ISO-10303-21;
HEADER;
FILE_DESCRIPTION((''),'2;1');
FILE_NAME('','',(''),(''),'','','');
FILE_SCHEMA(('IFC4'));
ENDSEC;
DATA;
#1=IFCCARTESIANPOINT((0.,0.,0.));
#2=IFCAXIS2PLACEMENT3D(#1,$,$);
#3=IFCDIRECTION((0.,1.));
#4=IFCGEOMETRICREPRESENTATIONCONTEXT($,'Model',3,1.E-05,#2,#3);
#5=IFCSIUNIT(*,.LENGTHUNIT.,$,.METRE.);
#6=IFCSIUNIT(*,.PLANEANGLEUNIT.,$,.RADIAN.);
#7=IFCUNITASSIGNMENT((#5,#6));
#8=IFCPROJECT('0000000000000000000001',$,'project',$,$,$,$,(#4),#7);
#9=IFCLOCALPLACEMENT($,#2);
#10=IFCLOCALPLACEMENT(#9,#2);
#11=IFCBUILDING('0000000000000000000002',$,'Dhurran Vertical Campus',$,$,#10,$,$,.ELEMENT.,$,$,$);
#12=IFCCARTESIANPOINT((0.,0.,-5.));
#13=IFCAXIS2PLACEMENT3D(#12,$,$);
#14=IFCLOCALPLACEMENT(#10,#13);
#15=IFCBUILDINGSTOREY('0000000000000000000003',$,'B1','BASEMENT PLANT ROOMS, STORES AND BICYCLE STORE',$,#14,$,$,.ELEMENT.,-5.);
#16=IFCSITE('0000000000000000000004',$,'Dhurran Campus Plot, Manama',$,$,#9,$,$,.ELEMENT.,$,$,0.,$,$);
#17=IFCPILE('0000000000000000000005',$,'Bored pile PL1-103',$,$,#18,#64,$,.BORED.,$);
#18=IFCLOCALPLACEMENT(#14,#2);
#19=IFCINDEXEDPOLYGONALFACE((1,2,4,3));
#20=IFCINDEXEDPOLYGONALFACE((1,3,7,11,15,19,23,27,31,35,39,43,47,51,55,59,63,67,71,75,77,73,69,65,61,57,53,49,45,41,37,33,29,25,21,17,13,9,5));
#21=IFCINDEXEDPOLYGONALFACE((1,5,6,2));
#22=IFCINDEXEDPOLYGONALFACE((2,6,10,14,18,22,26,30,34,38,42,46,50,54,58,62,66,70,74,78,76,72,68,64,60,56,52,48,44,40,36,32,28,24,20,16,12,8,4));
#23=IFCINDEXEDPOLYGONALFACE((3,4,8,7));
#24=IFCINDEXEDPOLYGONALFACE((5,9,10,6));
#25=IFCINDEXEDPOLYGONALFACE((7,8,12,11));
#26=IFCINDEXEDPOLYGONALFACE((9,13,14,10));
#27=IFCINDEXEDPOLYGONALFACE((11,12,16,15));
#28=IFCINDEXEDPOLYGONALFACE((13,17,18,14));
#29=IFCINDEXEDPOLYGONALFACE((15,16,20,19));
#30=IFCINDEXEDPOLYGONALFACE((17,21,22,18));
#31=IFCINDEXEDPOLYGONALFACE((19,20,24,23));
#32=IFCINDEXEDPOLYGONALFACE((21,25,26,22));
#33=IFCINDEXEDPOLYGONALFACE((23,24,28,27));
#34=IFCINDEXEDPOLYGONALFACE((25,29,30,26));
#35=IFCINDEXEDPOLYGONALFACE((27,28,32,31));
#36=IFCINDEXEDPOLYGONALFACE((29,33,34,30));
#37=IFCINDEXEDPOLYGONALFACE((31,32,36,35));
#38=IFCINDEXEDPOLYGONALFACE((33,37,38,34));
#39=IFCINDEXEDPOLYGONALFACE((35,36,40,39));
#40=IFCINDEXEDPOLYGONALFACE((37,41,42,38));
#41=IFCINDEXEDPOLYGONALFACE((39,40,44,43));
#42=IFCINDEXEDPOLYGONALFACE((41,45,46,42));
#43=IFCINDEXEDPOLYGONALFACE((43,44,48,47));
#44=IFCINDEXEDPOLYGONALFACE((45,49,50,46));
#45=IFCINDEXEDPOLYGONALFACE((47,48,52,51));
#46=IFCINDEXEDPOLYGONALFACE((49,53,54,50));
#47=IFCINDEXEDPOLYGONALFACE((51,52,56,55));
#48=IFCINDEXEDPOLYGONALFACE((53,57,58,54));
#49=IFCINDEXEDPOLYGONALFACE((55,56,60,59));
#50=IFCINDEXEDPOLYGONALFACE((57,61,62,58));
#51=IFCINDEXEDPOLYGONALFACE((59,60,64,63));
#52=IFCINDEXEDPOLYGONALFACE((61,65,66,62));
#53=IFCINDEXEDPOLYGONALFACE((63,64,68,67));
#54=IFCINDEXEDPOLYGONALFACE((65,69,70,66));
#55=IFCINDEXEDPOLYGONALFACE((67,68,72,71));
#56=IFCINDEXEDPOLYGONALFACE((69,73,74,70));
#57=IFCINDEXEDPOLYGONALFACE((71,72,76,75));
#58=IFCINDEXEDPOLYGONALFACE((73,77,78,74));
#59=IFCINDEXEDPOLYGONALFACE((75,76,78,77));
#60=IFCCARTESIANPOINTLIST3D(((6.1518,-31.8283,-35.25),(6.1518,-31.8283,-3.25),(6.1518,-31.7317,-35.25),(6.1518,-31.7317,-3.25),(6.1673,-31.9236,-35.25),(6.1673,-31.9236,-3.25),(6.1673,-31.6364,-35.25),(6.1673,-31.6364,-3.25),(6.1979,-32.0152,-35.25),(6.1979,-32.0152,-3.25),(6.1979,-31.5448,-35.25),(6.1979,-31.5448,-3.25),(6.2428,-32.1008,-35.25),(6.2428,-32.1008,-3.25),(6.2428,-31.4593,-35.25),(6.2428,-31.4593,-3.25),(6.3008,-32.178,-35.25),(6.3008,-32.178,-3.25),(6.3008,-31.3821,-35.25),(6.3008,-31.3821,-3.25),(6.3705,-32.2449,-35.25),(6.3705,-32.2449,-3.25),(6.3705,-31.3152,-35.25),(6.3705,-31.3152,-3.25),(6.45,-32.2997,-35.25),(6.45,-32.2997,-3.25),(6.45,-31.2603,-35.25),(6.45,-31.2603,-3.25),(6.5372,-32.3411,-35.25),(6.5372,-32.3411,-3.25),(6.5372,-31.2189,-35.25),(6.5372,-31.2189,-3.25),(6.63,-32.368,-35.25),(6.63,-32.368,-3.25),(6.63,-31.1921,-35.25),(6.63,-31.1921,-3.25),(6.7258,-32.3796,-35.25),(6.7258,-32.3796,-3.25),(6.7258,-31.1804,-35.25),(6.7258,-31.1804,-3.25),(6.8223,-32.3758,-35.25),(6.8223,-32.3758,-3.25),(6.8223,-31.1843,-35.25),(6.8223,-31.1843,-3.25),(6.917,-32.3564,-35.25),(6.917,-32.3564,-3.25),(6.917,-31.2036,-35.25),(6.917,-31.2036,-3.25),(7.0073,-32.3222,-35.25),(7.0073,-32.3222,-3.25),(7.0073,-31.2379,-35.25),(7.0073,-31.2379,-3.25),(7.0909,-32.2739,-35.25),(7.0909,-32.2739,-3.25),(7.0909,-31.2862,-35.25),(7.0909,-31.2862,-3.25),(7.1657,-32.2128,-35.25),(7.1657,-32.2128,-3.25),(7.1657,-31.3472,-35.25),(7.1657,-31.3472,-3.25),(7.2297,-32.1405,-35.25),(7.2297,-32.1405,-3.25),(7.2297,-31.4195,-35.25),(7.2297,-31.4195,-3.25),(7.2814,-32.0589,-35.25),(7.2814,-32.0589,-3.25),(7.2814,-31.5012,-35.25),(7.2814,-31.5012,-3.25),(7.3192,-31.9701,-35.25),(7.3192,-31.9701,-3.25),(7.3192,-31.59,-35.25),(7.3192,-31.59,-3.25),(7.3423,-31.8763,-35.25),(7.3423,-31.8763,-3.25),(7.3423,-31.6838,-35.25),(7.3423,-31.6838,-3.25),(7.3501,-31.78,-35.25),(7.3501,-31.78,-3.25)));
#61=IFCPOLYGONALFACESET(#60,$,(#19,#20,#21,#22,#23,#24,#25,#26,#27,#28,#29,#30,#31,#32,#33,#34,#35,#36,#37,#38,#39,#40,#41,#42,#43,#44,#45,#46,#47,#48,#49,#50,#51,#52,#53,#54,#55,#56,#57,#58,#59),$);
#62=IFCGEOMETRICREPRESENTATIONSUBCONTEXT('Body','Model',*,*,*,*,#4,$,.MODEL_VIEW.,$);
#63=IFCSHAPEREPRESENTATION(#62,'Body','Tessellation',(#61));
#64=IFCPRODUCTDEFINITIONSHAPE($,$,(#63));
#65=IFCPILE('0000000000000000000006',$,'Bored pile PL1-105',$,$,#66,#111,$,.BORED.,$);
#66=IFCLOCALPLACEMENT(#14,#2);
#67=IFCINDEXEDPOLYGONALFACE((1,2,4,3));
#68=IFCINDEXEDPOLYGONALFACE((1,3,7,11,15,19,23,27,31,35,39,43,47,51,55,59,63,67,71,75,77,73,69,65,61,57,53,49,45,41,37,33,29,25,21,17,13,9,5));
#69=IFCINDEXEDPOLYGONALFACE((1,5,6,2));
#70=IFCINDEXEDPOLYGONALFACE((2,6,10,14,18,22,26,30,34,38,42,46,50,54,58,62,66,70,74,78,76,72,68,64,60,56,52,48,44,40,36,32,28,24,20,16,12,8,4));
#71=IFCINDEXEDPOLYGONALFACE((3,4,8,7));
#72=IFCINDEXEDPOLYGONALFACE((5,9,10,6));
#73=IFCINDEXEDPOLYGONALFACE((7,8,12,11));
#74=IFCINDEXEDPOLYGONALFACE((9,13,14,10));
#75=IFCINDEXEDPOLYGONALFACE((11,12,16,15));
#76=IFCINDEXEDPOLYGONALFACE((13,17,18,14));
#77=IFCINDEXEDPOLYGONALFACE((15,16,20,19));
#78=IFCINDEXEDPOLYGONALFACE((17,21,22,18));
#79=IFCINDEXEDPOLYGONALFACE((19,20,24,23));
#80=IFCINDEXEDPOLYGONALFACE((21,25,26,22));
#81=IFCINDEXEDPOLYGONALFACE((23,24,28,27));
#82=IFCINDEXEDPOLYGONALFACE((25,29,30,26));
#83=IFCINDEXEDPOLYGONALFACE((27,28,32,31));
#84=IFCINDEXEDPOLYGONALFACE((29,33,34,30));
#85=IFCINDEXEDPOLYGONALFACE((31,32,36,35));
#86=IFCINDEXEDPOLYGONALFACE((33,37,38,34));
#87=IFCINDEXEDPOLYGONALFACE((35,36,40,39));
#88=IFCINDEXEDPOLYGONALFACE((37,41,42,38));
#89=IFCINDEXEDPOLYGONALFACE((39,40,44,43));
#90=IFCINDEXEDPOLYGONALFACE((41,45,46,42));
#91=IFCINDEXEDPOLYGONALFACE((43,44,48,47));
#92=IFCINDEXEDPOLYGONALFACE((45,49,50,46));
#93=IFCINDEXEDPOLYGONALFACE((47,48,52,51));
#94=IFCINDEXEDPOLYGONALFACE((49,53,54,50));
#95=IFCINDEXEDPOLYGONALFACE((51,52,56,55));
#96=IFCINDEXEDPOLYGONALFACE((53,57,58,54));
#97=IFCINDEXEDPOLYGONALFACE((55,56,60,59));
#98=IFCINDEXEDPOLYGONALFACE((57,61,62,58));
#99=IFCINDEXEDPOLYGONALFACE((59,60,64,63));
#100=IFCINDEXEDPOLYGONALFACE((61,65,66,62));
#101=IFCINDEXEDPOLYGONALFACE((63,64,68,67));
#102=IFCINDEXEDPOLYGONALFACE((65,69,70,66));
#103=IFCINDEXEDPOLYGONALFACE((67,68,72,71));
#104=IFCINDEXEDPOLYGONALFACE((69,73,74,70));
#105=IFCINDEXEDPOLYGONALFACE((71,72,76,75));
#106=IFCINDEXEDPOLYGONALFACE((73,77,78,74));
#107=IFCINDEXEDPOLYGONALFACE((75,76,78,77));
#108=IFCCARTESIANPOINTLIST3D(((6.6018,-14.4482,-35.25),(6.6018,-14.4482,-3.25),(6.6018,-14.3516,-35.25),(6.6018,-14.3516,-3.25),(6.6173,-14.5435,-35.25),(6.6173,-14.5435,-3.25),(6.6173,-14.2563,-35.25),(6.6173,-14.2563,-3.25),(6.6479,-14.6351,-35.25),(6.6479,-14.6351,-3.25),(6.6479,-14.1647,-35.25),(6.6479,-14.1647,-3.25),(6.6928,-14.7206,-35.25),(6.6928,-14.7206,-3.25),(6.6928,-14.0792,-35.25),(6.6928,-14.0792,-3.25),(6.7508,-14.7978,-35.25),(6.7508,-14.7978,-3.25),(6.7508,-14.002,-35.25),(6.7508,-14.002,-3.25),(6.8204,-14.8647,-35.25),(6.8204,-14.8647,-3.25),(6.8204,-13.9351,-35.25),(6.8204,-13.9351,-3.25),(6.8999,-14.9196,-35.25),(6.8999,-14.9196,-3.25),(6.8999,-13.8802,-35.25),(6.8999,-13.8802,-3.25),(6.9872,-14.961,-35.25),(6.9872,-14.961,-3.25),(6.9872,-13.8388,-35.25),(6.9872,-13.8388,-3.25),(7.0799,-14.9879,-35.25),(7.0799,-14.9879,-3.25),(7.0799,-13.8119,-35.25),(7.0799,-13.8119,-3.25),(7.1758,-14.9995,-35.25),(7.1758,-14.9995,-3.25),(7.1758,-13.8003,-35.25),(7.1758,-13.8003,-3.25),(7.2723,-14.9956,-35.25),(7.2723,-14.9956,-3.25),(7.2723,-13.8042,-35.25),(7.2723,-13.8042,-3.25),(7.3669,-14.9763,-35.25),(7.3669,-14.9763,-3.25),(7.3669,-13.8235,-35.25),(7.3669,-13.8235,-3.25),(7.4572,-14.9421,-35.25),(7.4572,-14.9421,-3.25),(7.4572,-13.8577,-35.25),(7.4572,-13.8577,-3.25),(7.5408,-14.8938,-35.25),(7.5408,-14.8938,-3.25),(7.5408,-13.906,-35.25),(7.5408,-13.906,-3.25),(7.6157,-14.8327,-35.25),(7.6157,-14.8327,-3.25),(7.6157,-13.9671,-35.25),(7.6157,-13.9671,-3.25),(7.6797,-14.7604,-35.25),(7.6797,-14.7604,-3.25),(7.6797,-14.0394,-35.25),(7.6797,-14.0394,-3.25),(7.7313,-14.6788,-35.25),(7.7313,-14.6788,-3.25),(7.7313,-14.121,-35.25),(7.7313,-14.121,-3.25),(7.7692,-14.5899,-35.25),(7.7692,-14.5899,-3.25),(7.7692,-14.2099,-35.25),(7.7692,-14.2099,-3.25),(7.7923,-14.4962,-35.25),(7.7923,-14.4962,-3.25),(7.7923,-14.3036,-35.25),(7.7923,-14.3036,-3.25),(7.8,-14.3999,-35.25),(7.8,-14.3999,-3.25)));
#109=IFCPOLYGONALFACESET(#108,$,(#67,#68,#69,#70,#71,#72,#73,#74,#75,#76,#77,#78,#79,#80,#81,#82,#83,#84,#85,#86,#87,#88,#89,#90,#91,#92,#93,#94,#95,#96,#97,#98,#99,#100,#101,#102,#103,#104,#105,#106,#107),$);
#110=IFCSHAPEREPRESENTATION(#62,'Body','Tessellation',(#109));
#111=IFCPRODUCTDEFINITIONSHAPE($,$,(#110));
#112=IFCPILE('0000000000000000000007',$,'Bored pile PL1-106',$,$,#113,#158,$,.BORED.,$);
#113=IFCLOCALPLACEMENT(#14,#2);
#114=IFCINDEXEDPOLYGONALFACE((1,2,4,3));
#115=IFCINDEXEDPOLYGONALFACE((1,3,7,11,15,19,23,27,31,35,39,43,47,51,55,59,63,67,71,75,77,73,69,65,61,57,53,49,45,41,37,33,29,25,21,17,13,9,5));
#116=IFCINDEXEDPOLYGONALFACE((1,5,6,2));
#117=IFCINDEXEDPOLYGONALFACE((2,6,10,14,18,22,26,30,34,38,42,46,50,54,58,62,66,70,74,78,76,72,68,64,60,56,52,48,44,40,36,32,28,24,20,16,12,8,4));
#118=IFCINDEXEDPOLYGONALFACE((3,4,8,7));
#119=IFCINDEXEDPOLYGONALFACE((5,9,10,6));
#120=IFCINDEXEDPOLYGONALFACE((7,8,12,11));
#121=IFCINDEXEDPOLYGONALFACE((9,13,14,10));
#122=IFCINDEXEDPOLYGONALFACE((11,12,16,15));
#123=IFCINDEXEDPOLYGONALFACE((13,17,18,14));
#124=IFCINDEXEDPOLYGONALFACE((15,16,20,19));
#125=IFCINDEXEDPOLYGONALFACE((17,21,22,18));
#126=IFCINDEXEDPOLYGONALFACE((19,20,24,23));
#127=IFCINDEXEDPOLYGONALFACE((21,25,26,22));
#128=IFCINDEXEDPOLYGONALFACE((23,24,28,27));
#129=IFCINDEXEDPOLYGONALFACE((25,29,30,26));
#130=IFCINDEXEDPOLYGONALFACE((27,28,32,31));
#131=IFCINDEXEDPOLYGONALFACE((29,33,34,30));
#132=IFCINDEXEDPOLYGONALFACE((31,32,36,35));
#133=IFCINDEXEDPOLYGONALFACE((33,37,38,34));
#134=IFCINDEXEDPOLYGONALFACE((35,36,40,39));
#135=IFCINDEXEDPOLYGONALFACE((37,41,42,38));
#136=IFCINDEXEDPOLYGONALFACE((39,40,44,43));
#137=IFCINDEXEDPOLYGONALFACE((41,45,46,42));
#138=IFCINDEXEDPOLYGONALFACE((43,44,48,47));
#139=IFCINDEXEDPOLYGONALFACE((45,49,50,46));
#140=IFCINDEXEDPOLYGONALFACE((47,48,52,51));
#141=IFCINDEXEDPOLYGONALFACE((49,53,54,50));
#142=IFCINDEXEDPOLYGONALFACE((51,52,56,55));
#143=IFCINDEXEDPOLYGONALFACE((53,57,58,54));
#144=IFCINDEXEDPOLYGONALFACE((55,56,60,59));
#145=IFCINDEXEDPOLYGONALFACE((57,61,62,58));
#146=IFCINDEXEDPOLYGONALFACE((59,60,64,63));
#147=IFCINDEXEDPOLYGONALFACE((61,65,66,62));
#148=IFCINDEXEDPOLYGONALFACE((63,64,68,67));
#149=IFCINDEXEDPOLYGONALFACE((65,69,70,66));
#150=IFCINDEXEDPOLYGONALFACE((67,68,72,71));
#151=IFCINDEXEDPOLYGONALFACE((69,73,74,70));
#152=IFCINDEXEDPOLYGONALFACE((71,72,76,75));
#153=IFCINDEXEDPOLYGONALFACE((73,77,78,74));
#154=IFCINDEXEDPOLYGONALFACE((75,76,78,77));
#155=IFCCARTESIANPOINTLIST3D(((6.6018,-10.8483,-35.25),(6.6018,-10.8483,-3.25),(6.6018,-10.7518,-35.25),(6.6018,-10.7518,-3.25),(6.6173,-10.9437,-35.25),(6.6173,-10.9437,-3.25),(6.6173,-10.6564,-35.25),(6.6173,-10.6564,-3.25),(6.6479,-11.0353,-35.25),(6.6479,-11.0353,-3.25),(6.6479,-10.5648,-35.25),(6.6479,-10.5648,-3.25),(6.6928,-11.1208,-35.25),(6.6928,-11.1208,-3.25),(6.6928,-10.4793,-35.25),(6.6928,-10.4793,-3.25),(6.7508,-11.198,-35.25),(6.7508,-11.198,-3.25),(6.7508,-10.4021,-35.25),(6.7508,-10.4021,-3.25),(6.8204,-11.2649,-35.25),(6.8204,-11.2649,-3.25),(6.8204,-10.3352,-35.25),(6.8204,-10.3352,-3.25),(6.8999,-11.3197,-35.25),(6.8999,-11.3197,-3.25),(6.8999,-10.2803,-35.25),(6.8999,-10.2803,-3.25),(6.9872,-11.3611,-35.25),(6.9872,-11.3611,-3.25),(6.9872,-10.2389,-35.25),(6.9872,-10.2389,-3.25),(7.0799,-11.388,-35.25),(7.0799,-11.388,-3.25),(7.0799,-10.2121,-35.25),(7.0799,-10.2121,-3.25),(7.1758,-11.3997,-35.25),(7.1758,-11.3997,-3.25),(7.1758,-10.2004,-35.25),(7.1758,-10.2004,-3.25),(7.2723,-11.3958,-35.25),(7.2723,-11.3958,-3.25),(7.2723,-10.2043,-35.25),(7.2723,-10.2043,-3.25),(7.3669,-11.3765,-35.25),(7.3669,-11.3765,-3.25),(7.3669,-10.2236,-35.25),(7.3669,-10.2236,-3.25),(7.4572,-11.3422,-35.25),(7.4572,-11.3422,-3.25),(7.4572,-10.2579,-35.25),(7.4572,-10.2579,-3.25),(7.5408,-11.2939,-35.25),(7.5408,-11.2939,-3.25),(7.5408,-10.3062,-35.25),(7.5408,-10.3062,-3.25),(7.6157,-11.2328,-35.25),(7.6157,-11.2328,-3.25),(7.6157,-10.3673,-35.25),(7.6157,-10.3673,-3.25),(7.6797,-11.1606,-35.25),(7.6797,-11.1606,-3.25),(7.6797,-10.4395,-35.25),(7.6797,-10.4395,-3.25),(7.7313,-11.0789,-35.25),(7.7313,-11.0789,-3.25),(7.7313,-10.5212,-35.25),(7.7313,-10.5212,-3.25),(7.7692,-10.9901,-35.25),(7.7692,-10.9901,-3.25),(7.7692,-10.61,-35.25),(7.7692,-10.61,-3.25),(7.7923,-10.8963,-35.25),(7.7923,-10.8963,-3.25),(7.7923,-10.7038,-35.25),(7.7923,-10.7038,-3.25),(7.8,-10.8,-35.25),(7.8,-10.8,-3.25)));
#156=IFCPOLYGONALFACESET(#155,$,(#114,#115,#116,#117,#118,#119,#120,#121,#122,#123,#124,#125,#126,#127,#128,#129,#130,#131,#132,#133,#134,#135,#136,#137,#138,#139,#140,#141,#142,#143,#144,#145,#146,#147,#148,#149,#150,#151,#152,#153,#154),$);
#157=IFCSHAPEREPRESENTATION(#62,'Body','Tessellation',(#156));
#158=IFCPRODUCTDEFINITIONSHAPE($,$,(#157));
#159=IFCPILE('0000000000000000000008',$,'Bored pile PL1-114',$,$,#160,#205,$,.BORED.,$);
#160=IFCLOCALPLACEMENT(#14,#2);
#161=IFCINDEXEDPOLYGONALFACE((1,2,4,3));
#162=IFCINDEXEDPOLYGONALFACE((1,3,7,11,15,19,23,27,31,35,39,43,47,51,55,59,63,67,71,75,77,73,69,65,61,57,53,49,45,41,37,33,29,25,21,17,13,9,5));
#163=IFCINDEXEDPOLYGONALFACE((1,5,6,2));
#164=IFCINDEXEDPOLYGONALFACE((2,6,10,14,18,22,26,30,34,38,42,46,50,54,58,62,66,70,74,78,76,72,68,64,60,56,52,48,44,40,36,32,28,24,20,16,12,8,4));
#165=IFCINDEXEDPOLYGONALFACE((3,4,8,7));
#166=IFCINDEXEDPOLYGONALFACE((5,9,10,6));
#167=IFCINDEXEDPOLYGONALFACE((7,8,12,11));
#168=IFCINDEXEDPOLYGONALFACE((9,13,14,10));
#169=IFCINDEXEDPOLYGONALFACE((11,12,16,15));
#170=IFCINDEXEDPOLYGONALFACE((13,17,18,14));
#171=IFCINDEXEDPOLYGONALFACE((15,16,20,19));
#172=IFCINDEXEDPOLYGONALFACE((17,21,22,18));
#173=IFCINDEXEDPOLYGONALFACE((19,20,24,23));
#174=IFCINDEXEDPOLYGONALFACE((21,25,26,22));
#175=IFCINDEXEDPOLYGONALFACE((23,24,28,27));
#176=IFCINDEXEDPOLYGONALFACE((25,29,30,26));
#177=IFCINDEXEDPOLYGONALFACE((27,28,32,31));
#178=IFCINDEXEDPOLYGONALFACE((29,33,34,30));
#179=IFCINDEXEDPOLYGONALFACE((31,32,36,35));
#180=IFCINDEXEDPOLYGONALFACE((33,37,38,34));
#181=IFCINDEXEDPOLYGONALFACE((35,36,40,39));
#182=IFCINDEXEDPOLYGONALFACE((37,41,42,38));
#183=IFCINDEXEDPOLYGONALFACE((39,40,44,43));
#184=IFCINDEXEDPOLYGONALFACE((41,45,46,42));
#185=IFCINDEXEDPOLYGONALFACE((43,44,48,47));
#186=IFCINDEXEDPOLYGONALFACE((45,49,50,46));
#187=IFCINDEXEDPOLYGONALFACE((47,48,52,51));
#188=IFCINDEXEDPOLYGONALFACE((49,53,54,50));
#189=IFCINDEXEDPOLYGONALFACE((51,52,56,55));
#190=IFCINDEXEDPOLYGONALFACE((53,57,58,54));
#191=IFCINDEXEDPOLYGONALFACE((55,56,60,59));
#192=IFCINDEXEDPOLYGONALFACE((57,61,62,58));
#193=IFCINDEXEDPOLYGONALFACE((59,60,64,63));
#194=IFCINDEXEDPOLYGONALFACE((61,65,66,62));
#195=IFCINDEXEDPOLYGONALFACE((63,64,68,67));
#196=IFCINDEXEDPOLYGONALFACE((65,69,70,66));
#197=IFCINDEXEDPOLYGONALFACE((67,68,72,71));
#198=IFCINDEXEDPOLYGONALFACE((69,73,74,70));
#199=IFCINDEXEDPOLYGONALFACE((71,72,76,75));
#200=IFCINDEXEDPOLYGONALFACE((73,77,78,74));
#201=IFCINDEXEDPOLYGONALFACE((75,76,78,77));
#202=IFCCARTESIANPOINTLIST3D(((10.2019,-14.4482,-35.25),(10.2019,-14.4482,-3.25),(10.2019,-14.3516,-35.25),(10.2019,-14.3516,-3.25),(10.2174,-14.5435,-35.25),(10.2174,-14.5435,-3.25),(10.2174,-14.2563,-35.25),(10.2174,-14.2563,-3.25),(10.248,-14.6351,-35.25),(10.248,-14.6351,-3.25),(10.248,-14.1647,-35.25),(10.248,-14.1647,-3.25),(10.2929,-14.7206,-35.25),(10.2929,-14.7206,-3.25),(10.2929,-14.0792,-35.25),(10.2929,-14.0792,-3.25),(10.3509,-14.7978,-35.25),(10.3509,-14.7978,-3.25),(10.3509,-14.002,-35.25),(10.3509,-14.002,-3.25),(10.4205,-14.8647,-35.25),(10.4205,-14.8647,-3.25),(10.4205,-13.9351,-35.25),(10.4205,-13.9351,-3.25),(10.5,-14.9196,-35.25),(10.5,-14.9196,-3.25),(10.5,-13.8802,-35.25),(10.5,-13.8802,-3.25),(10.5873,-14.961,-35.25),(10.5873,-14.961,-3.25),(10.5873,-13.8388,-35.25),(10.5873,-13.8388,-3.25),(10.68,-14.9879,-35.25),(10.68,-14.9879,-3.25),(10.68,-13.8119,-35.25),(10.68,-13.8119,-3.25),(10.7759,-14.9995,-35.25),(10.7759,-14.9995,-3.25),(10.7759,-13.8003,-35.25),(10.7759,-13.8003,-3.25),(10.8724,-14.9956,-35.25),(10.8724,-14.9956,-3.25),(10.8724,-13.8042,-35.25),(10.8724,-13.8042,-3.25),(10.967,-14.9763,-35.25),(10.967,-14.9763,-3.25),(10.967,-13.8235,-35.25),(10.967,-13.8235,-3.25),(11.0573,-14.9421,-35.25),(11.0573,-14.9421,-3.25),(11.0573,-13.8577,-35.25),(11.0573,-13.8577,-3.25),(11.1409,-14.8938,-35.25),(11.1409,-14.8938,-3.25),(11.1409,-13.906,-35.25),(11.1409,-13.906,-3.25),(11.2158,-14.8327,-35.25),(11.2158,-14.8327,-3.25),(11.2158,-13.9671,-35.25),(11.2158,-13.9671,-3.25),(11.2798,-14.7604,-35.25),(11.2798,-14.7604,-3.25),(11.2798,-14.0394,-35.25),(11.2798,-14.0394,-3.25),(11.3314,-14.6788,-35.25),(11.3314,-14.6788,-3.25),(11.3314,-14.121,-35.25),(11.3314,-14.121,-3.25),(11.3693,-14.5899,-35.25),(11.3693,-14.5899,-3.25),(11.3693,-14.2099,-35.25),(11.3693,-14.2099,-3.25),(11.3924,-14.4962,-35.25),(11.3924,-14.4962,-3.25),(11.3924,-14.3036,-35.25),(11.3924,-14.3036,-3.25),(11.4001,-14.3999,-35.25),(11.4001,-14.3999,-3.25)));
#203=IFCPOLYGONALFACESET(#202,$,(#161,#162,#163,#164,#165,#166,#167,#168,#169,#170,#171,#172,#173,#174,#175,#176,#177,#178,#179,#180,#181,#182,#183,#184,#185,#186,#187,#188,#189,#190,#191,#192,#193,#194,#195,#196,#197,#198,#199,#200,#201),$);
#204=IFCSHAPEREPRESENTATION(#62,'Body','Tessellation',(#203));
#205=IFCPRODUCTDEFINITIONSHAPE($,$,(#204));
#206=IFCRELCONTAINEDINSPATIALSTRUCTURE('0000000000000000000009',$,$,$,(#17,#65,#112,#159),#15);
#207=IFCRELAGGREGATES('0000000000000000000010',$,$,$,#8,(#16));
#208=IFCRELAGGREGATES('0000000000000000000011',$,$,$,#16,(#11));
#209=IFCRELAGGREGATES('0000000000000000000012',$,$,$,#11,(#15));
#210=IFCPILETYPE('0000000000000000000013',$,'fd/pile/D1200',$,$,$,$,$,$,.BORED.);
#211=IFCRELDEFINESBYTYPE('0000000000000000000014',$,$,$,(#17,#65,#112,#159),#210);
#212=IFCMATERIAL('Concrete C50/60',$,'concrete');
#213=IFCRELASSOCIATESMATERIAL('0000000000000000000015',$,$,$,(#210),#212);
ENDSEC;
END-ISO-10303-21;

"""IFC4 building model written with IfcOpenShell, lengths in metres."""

from ifc_helpers import new_model, si_unit, direction, frame, origin, origin_2d, place, context, subcontext, project, spatial, circle, extrude, material, material_profile, profile_set, type_object, element, save


model = new_model("IFC4")

# Units and contexts
model_context = context("Model", 3, precision=1e-05, world=origin(), true_north=direction((0.0, 1.0)))
body_context = subcontext(model_context, "Body", "Model", "MODEL_VIEW")
ifc_project = project(units=[si_unit("LENGTHUNIT", "METRE"), si_unit("PLANEANGLEUNIT", "RADIAN")], contexts=[model_context])

# Site, building, storey
site_placement = place(None, origin())
site = spatial("IfcSite", under=ifc_project, at=site_placement, Name="Dhurran Campus Plot, Manama", CompositionType="ELEMENT", RefElevation=0.0)
building_placement = place(site_placement, origin())
building = spatial("IfcBuilding", under=site, at=building_placement, Name="Dhurran Vertical Campus", CompositionType="ELEMENT")
storey_placement = place(building_placement, frame((0.0, 0.0, -5.0)))
storey = spatial("IfcBuildingStorey", under=building, at=storey_placement, Name="B1", Description="BASEMENT PLANT ROOMS, STORES AND BICYCLE STORE", CompositionType="ELEMENT", Elevation=-5.0)

# Piles
ifc_material_1 = material(Name="Concrete C50/60", Category="concrete")
ifc_material_profile_1 = material_profile(ifc_material_1, circle(Radius=0.6001, at=origin_2d()), Name="fd/pile/D1200")
ifc_profile_set_1 = profile_set([ifc_material_profile_1], Name="Concrete C50/60")
pile_type = type_object("IfcPileType", Name="fd/pile/D1200", PredefinedType="BORED", material=ifc_profile_set_1)
for number, where, z_axis, x_axis, name in (
    (1, (6.75, -31.78, -3.25), (0.0, 0.0, -1.0), (1.0, 0.0, 0.0), "Bored pile PL1-103"),
    (2, (7.2, -14.3999, -3.25), (0.0, 0.0, -1.0), (1.0, 0.0, 0.0), "Bored pile PL1-105"),
    (3, (7.2, -10.8, -3.25), (0.0, 0.0, -1.0), (1.0, 0.0, 0.0), "Bored pile PL1-106"),
    (4, (10.8, -14.3999, -3.25), (0.0, 0.0, -1.0), (1.0, 0.0, 0.0), "Bored pile PL1-114"),
):
    element("IfcPile", number, at=place(storey_placement, frame(where, z_axis=z_axis, x_axis=x_axis)), inside=storey, type_object=pile_type, Name=name, PredefinedType="BORED", context=body_context, shape_type="SweptSolid", body=[
        extrude(circle(Radius=0.6001, at=origin_2d()), origin(), (0.0, 0.0, 1.0), 32.0),
    ])

save(model, "model.ifc")
